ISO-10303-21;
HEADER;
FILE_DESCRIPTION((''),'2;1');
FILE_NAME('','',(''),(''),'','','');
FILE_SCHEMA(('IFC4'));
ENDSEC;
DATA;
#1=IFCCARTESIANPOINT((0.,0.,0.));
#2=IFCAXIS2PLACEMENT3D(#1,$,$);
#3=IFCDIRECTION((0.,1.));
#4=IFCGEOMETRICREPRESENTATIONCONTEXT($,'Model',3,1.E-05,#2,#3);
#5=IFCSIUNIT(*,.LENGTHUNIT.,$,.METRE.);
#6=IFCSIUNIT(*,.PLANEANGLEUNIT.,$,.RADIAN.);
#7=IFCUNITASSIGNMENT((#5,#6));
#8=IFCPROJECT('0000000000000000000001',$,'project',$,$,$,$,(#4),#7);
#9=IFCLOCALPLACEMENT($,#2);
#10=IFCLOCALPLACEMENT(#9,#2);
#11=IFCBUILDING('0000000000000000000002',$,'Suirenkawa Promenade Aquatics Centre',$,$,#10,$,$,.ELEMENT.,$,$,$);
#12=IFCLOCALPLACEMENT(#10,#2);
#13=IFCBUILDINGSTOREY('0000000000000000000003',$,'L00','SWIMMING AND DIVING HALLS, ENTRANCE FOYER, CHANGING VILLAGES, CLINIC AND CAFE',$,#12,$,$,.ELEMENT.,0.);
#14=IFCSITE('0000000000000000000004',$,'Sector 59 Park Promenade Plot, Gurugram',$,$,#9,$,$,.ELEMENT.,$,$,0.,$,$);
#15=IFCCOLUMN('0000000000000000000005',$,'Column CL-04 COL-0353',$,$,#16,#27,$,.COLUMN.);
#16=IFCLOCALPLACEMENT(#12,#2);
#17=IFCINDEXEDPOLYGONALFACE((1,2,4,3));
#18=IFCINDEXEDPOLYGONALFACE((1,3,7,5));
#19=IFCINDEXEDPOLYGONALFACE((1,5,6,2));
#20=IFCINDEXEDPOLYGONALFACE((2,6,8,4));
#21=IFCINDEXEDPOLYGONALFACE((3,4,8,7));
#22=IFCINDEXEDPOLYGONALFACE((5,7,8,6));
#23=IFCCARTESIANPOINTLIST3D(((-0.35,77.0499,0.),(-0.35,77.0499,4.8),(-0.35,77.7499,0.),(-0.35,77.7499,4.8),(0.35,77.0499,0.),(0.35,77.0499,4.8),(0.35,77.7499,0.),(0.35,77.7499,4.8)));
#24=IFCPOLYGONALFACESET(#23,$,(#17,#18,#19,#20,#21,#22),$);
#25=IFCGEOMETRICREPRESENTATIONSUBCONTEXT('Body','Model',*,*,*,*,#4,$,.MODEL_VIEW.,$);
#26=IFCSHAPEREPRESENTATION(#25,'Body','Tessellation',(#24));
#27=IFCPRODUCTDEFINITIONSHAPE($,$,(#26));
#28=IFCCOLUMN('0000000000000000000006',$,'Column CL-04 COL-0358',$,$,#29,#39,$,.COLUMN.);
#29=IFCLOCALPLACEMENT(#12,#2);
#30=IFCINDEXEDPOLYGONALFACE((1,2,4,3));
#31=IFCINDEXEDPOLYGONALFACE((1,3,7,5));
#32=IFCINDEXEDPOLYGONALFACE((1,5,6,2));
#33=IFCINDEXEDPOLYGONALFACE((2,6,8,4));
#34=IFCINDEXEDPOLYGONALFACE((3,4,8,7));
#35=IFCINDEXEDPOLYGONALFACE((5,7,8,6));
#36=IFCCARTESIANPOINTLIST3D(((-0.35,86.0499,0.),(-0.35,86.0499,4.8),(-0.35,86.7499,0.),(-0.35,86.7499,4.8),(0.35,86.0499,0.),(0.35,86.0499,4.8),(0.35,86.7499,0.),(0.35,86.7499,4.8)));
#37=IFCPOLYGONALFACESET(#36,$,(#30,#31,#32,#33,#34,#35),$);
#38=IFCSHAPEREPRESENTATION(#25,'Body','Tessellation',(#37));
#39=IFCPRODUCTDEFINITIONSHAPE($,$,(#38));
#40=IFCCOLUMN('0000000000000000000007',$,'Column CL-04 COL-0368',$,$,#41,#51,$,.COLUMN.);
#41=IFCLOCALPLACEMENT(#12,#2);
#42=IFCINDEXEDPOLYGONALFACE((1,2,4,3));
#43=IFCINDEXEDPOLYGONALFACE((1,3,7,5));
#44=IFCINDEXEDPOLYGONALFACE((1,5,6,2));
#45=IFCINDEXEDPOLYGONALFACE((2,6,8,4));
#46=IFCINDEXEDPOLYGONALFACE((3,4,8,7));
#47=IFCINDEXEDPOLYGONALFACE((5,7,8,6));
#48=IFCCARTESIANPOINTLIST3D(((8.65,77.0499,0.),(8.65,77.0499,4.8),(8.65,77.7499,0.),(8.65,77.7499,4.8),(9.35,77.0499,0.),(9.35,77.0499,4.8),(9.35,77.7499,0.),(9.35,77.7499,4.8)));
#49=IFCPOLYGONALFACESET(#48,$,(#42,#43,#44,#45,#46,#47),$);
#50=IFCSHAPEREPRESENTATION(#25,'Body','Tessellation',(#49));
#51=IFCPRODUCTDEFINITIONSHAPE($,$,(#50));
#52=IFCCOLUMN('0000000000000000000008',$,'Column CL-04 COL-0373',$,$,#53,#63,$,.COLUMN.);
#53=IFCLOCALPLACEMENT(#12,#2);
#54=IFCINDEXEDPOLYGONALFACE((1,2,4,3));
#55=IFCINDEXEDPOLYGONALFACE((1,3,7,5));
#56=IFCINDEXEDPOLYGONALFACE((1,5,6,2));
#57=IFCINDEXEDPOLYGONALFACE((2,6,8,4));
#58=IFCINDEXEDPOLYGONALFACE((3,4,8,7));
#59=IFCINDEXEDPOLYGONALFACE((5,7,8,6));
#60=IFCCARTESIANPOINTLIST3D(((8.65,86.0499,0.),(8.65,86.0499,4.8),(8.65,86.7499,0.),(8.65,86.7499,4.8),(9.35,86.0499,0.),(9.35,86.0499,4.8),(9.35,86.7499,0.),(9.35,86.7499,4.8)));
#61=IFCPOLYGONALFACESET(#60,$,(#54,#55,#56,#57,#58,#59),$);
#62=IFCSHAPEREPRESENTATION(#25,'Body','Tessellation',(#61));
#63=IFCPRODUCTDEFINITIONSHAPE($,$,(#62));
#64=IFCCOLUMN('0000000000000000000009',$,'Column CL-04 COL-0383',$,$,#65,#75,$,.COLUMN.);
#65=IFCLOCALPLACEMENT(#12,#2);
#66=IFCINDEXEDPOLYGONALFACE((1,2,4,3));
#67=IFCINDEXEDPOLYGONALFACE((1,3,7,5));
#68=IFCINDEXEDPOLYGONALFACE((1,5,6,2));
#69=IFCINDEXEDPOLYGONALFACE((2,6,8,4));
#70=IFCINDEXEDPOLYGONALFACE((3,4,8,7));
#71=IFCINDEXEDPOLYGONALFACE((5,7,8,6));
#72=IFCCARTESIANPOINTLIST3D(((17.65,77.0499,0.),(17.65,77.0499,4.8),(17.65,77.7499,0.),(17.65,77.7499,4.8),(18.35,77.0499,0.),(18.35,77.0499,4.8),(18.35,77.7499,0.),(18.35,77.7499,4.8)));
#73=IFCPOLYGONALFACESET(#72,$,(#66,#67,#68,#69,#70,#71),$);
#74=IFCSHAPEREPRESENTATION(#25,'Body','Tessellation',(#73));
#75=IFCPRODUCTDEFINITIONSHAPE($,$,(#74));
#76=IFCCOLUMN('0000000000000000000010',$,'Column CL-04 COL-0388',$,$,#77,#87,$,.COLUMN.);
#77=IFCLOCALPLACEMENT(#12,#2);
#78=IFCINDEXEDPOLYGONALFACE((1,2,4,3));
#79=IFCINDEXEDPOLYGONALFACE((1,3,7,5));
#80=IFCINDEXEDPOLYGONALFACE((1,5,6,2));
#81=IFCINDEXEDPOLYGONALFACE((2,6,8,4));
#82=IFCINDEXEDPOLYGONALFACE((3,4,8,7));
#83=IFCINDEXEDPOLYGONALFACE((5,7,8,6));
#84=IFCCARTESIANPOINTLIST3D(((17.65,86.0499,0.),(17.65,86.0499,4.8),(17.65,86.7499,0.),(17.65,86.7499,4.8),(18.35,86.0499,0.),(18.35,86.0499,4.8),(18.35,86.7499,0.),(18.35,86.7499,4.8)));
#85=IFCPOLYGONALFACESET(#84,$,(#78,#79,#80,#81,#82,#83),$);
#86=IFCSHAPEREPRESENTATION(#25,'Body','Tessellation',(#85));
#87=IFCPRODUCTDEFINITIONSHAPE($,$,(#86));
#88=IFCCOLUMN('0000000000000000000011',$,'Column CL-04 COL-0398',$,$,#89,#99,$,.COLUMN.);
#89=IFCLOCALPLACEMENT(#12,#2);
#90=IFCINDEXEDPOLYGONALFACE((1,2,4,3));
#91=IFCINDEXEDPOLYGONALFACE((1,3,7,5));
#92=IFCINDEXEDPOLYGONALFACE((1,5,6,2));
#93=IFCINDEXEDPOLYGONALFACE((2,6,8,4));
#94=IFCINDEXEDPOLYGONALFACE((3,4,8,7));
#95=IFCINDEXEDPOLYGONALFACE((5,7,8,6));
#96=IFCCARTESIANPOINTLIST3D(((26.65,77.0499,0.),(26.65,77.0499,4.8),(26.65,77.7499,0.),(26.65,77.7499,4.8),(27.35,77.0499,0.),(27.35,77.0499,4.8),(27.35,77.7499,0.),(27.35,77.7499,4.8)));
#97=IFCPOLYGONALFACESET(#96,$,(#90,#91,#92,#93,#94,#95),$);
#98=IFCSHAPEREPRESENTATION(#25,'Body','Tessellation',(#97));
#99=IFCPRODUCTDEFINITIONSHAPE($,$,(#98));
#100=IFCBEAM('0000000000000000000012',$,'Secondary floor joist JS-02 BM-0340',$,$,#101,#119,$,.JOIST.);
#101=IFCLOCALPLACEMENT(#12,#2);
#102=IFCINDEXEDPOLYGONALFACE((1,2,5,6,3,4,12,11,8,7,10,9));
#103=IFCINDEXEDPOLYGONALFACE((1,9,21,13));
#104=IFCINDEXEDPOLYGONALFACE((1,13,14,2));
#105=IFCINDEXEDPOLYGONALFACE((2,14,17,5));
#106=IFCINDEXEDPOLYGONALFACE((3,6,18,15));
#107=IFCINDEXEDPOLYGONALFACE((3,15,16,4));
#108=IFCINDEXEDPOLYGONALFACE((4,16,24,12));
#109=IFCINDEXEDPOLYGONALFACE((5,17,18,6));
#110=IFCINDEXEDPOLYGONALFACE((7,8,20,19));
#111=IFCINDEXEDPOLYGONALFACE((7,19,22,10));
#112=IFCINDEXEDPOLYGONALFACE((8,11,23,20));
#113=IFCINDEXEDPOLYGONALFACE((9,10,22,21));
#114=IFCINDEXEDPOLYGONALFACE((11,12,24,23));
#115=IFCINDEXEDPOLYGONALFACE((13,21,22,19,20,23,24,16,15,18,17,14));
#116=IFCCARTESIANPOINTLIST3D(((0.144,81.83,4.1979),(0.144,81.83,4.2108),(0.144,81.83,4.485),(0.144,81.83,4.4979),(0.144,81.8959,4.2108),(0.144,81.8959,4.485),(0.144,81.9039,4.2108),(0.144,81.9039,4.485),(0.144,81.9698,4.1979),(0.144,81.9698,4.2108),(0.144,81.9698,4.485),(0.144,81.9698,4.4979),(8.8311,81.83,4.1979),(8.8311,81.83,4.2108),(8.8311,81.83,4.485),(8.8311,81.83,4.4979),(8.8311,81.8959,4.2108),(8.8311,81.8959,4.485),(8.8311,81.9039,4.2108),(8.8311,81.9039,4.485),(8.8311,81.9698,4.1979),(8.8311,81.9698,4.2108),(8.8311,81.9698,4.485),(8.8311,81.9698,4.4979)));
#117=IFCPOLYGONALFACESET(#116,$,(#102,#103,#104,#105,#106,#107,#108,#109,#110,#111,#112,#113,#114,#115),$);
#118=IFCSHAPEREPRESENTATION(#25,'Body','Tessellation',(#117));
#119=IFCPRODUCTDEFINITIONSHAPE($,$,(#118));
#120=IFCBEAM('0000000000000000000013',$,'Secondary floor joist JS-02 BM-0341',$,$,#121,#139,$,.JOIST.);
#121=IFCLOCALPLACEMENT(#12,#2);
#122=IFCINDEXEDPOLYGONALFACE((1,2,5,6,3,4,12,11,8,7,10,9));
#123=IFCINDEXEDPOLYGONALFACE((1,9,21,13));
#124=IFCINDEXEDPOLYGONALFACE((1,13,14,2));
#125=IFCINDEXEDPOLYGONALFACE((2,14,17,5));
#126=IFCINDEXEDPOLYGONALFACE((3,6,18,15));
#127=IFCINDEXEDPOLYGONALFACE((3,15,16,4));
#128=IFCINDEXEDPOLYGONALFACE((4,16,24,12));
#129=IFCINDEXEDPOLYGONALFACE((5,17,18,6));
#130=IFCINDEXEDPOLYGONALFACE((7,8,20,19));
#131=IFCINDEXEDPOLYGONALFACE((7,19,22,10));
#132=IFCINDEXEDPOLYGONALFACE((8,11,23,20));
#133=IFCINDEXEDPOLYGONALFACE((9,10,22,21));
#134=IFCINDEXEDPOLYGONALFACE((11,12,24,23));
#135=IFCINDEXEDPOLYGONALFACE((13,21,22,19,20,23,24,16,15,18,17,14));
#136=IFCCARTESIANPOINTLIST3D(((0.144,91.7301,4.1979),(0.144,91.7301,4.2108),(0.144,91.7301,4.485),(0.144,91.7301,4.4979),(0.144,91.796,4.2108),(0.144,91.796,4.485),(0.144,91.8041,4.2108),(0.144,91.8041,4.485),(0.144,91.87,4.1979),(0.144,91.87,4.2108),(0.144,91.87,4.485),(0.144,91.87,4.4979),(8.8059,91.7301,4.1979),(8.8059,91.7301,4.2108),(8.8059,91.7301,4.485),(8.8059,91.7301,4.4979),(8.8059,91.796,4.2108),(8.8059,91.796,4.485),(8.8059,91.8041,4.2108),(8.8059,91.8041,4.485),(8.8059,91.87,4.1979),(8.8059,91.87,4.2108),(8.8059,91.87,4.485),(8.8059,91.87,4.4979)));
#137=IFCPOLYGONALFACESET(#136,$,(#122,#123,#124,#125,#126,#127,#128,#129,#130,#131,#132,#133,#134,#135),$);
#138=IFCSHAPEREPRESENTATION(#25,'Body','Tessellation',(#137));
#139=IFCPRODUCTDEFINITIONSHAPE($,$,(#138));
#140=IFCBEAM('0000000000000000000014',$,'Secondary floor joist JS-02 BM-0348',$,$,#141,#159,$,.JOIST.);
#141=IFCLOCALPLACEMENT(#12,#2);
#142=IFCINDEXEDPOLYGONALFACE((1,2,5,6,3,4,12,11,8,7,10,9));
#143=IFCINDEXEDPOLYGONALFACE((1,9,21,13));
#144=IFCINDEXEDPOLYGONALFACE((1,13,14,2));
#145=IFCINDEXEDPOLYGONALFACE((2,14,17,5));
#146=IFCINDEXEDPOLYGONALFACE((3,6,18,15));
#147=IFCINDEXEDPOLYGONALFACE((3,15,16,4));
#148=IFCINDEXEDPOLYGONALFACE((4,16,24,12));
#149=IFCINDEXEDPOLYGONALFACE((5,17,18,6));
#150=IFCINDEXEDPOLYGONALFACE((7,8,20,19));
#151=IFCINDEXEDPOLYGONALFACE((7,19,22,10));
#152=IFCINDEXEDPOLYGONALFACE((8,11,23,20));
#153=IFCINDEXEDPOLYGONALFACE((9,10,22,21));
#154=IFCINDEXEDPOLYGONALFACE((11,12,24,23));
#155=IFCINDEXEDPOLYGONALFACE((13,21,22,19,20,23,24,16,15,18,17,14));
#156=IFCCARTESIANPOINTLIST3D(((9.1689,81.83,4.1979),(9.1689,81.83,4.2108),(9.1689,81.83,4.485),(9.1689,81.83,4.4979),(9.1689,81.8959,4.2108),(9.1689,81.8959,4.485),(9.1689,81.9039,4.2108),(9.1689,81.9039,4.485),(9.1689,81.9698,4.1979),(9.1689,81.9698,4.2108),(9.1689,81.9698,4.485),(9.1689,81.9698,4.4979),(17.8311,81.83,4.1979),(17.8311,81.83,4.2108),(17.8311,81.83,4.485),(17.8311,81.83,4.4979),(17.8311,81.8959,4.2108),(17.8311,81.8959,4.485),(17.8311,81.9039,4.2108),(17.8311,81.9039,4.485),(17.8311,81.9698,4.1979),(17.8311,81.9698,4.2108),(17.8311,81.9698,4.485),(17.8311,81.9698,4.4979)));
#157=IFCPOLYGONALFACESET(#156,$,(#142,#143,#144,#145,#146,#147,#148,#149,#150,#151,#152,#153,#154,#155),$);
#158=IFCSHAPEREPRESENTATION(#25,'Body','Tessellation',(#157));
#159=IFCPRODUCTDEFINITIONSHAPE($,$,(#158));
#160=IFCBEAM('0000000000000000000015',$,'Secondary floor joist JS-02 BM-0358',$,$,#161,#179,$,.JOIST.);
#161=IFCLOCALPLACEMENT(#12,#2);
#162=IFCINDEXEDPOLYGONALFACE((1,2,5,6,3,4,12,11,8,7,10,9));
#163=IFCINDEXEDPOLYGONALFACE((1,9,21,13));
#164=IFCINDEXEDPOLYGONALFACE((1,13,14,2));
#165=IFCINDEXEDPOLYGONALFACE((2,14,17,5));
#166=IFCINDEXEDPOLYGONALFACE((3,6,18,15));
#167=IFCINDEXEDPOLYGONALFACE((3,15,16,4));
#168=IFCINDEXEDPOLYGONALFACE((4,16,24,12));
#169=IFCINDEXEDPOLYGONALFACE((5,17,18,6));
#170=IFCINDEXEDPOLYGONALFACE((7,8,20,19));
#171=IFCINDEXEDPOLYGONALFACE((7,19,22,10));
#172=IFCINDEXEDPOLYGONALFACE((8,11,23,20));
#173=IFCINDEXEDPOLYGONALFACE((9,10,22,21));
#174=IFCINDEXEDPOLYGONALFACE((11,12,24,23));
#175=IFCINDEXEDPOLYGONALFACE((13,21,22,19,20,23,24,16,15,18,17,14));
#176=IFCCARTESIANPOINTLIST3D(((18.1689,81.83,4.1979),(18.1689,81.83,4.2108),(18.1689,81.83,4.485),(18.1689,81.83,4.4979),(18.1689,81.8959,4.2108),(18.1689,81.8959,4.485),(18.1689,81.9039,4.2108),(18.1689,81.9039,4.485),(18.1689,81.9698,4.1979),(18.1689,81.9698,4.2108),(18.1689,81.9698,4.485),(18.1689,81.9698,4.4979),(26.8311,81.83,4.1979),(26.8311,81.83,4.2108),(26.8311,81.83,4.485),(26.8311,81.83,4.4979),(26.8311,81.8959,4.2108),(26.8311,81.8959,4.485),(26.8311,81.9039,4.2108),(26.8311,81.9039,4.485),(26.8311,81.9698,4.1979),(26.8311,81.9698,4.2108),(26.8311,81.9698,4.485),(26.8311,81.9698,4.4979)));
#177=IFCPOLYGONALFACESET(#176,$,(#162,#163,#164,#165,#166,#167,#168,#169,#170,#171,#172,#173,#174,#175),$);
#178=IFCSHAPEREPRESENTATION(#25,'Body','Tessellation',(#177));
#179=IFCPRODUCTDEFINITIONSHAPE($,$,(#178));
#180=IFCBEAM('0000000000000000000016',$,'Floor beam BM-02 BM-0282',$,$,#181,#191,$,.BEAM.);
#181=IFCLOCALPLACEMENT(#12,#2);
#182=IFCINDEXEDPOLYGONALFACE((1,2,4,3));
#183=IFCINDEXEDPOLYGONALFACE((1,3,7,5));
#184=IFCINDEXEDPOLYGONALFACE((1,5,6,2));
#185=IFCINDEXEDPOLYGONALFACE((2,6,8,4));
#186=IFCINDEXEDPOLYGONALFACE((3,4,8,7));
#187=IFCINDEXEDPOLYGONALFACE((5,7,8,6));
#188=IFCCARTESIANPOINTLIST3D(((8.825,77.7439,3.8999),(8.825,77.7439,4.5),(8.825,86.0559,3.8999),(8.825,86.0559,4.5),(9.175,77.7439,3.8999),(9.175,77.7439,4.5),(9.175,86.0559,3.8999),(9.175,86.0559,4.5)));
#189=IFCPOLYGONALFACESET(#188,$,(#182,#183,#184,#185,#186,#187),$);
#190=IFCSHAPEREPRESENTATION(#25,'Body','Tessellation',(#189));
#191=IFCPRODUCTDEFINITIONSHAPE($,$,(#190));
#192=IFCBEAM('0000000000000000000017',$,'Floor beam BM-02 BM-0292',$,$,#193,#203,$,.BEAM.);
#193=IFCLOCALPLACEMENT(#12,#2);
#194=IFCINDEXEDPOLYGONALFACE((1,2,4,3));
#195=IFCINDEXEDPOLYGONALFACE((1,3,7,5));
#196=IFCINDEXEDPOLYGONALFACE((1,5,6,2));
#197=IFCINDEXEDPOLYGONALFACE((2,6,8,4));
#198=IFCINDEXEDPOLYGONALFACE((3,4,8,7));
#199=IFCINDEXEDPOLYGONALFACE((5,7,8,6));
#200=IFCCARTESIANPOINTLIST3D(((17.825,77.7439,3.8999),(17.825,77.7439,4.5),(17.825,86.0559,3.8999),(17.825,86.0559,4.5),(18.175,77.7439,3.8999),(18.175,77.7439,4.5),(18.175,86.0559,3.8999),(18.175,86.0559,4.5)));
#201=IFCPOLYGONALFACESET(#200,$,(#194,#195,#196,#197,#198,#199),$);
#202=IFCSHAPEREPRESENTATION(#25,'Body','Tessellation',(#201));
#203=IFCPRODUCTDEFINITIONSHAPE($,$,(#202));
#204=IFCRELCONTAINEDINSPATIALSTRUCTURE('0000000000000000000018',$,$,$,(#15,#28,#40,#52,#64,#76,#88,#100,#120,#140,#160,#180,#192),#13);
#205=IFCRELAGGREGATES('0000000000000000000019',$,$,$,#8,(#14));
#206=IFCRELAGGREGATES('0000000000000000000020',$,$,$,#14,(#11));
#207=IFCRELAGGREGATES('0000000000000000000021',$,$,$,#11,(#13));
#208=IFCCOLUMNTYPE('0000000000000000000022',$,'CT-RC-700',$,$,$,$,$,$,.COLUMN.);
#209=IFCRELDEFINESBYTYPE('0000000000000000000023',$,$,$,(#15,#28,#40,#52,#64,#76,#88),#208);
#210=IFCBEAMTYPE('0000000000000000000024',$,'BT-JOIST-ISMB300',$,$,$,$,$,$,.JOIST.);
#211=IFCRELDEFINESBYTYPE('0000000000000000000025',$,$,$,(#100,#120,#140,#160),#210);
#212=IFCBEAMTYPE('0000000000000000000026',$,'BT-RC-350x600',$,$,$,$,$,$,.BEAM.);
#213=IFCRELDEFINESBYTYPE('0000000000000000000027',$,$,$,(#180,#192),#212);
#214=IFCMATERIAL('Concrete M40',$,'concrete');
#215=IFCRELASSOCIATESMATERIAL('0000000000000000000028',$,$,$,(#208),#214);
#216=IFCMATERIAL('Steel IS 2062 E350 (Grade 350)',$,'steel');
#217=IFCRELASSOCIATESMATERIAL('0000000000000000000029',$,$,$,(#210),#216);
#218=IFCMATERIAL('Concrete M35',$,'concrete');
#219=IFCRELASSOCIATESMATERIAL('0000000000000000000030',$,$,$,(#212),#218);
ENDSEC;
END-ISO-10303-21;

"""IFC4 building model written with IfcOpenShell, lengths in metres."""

from ifc_helpers import new_model, si_unit, direction, frame, origin, origin_2d, place, context, subcontext, project, spatial, rectangle, i_section, extrude, material, material_profile, profile_set, type_object, element, save


model = new_model("IFC4")

# Units and contexts
model_context = context("Model", 3, precision=1e-05, world=origin(), true_north=direction((0.0, 1.0)))
body_context = subcontext(model_context, "Body", "Model", "MODEL_VIEW")
ifc_project = project(units=[si_unit("LENGTHUNIT", "METRE"), si_unit("PLANEANGLEUNIT", "RADIAN")], contexts=[model_context])

# Site, building, storey
site_placement = place(None, origin())
site = spatial("IfcSite", under=ifc_project, at=site_placement, Name="Sector 59 Park Promenade Plot, Gurugram", CompositionType="ELEMENT", RefElevation=0.0)
building_placement = place(site_placement, origin())
building = spatial("IfcBuilding", under=site, at=building_placement, Name="Suirenkawa Promenade Aquatics Centre", CompositionType="ELEMENT")
storey_placement = place(building_placement, origin())
storey = spatial("IfcBuildingStorey", under=building, at=storey_placement, Name="L00", Description="SWIMMING AND DIVING HALLS, ENTRANCE FOYER, CHANGING VILLAGES, CLINIC AND CAFE", CompositionType="ELEMENT", Elevation=0.0)

# Columns
ifc_material_1 = material(Name="Concrete M40", Category="concrete")
ifc_material_profile_1 = material_profile(ifc_material_1, rectangle(XDim=0.7, YDim=0.7, at=origin_2d()), Name="RC COL 700x700", Category="concrete")
ifc_profile_set_1 = profile_set([ifc_material_profile_1], Name="Concrete M40")
column_type = type_object("IfcColumnType", Name="CT-RC-700", PredefinedType="COLUMN", material=ifc_profile_set_1)
for number, where, z_axis, x_axis, name in (
    (1, (0.0, 77.3999, 0.0), (0.0, 0.0, 1.0), (1.0, 0.0, 0.0), "Column CL-04 COL-0353"),
    (2, (0.0, 86.3999, 0.0), (0.0, 0.0, 1.0), (1.0, 0.0, 0.0), "Column CL-04 COL-0358"),
    (3, (9.0, 77.3999, 0.0), (0.0, 0.0, 1.0), (1.0, 0.0, 0.0), "Column CL-04 COL-0368"),
    (4, (9.0, 86.3999, 0.0), (0.0, 0.0, 1.0), (1.0, 0.0, 0.0), "Column CL-04 COL-0373"),
    (5, (18.0, 77.3999, 0.0), (0.0, 0.0, 1.0), (1.0, 0.0, 0.0), "Column CL-04 COL-0383"),
    (6, (18.0, 86.3999, 0.0), (0.0, 0.0, 1.0), (1.0, 0.0, 0.0), "Column CL-04 COL-0388"),
    (7, (27.0, 77.3999, 0.0), (0.0, 0.0, 1.0), (1.0, 0.0, 0.0), "Column CL-04 COL-0398"),
):
    element("IfcColumn", number, at=place(storey_placement, frame(where, z_axis=z_axis, x_axis=x_axis)), inside=storey, type_object=column_type, Name=name, PredefinedType="COLUMN", context=body_context, shape_type="SweptSolid", body=[
        extrude(rectangle(XDim=0.7, YDim=0.7, at=origin_2d()), origin(), (0.0, 0.0, 1.0), 4.8),
    ])

# Beams
ifc_material_2 = material(Name="Steel IS 2062 E350 (Grade 350)", Category="steel")
ifc_material_profile_2 = material_profile(ifc_material_2, i_section(OverallWidth=0.1399, OverallDepth=0.3, WebThickness=0.0081, FlangeThickness=0.0129, at=origin_2d()), Name="ISMB 300", Category="steel")
ifc_profile_set_2 = profile_set([ifc_material_profile_2], Name="Steel IS 2062 E350 (Grade 350)")
beam_type_1 = type_object("IfcBeamType", Name="BT-JOIST-ISMB300", PredefinedType="JOIST", material=ifc_profile_set_2)
beam_1_placement = place(storey_placement, frame((0.144, 81.8999, 4.3479), z_axis=(1.0, 0.0, 0.0), x_axis=(0.0, 1.0, 0.0)))
element("IfcBeam", 8, at=beam_1_placement, inside=storey, type_object=beam_type_1, Name="Secondary floor joist JS-02 BM-0340", PredefinedType="JOIST", context=body_context, shape_type="SweptSolid", body=[
    extrude(i_section(OverallWidth=0.1399, OverallDepth=0.3, WebThickness=0.0081, FlangeThickness=0.0129, at=origin_2d()), origin(), (0.0, 0.0, 1.0), 8.687),
])
beam_2_placement = place(storey_placement, frame((0.144, 91.8, 4.3479), z_axis=(1.0, 0.0, 0.0), x_axis=(0.0, 1.0, 0.0)))
element("IfcBeam", 9, at=beam_2_placement, inside=storey, type_object=beam_type_1, Name="Secondary floor joist JS-02 BM-0341", PredefinedType="JOIST", context=body_context, shape_type="SweptSolid", body=[
    extrude(i_section(OverallWidth=0.1399, OverallDepth=0.3, WebThickness=0.0081, FlangeThickness=0.0129, at=origin_2d()), origin(), (0.0, 0.0, 1.0), 8.6619),
])
for number, where, z_axis, x_axis, name in (
    (10, (9.1689, 81.8999, 4.3479), (1.0, 0.0, 0.0), (0.0, 1.0, 0.0), "Secondary floor joist JS-02 BM-0348"),
    (11, (18.1689, 81.8999, 4.3479), (1.0, 0.0, 0.0), (0.0, 1.0, 0.0), "Secondary floor joist JS-02 BM-0358"),
):
    element("IfcBeam", number, at=place(storey_placement, frame(where, z_axis=z_axis, x_axis=x_axis)), inside=storey, type_object=beam_type_1, Name=name, PredefinedType="JOIST", context=body_context, shape_type="SweptSolid", body=[
        extrude(i_section(OverallWidth=0.1399, OverallDepth=0.3, WebThickness=0.0081, FlangeThickness=0.0129, at=origin_2d()), origin(), (0.0, 0.0, 1.0), 8.6621),
    ])
ifc_material_3 = material(Name="Concrete M35", Category="concrete")
ifc_material_profile_3 = material_profile(ifc_material_3, rectangle(XDim=0.3501, YDim=0.6001, at=origin_2d()), Name="RC BM 350x600", Category="concrete")
ifc_profile_set_3 = profile_set([ifc_material_profile_3], Name="Concrete M35")
beam_type_2 = type_object("IfcBeamType", Name="BT-RC-350x600", PredefinedType="BEAM", material=ifc_profile_set_3)
for number, where, z_axis, x_axis, name in (
    (12, (9.0, 77.7439, 4.2), (0.0, 1.0, 0.0), (-1.0, 0.0, 0.0), "Floor beam BM-02 BM-0282"),
    (13, (18.0, 77.7439, 4.2), (0.0, 1.0, 0.0), (-1.0, 0.0, 0.0), "Floor beam BM-02 BM-0292"),
):
    element("IfcBeam", number, at=place(storey_placement, frame(where, z_axis=z_axis, x_axis=x_axis)), inside=storey, type_object=beam_type_2, Name=name, PredefinedType="BEAM", context=body_context, shape_type="SweptSolid", body=[
        extrude(rectangle(XDim=0.3501, YDim=0.6001, at=origin_2d()), origin(), (0.0, 0.0, 1.0), 8.312),
    ])

save(model, "model.ifc")
